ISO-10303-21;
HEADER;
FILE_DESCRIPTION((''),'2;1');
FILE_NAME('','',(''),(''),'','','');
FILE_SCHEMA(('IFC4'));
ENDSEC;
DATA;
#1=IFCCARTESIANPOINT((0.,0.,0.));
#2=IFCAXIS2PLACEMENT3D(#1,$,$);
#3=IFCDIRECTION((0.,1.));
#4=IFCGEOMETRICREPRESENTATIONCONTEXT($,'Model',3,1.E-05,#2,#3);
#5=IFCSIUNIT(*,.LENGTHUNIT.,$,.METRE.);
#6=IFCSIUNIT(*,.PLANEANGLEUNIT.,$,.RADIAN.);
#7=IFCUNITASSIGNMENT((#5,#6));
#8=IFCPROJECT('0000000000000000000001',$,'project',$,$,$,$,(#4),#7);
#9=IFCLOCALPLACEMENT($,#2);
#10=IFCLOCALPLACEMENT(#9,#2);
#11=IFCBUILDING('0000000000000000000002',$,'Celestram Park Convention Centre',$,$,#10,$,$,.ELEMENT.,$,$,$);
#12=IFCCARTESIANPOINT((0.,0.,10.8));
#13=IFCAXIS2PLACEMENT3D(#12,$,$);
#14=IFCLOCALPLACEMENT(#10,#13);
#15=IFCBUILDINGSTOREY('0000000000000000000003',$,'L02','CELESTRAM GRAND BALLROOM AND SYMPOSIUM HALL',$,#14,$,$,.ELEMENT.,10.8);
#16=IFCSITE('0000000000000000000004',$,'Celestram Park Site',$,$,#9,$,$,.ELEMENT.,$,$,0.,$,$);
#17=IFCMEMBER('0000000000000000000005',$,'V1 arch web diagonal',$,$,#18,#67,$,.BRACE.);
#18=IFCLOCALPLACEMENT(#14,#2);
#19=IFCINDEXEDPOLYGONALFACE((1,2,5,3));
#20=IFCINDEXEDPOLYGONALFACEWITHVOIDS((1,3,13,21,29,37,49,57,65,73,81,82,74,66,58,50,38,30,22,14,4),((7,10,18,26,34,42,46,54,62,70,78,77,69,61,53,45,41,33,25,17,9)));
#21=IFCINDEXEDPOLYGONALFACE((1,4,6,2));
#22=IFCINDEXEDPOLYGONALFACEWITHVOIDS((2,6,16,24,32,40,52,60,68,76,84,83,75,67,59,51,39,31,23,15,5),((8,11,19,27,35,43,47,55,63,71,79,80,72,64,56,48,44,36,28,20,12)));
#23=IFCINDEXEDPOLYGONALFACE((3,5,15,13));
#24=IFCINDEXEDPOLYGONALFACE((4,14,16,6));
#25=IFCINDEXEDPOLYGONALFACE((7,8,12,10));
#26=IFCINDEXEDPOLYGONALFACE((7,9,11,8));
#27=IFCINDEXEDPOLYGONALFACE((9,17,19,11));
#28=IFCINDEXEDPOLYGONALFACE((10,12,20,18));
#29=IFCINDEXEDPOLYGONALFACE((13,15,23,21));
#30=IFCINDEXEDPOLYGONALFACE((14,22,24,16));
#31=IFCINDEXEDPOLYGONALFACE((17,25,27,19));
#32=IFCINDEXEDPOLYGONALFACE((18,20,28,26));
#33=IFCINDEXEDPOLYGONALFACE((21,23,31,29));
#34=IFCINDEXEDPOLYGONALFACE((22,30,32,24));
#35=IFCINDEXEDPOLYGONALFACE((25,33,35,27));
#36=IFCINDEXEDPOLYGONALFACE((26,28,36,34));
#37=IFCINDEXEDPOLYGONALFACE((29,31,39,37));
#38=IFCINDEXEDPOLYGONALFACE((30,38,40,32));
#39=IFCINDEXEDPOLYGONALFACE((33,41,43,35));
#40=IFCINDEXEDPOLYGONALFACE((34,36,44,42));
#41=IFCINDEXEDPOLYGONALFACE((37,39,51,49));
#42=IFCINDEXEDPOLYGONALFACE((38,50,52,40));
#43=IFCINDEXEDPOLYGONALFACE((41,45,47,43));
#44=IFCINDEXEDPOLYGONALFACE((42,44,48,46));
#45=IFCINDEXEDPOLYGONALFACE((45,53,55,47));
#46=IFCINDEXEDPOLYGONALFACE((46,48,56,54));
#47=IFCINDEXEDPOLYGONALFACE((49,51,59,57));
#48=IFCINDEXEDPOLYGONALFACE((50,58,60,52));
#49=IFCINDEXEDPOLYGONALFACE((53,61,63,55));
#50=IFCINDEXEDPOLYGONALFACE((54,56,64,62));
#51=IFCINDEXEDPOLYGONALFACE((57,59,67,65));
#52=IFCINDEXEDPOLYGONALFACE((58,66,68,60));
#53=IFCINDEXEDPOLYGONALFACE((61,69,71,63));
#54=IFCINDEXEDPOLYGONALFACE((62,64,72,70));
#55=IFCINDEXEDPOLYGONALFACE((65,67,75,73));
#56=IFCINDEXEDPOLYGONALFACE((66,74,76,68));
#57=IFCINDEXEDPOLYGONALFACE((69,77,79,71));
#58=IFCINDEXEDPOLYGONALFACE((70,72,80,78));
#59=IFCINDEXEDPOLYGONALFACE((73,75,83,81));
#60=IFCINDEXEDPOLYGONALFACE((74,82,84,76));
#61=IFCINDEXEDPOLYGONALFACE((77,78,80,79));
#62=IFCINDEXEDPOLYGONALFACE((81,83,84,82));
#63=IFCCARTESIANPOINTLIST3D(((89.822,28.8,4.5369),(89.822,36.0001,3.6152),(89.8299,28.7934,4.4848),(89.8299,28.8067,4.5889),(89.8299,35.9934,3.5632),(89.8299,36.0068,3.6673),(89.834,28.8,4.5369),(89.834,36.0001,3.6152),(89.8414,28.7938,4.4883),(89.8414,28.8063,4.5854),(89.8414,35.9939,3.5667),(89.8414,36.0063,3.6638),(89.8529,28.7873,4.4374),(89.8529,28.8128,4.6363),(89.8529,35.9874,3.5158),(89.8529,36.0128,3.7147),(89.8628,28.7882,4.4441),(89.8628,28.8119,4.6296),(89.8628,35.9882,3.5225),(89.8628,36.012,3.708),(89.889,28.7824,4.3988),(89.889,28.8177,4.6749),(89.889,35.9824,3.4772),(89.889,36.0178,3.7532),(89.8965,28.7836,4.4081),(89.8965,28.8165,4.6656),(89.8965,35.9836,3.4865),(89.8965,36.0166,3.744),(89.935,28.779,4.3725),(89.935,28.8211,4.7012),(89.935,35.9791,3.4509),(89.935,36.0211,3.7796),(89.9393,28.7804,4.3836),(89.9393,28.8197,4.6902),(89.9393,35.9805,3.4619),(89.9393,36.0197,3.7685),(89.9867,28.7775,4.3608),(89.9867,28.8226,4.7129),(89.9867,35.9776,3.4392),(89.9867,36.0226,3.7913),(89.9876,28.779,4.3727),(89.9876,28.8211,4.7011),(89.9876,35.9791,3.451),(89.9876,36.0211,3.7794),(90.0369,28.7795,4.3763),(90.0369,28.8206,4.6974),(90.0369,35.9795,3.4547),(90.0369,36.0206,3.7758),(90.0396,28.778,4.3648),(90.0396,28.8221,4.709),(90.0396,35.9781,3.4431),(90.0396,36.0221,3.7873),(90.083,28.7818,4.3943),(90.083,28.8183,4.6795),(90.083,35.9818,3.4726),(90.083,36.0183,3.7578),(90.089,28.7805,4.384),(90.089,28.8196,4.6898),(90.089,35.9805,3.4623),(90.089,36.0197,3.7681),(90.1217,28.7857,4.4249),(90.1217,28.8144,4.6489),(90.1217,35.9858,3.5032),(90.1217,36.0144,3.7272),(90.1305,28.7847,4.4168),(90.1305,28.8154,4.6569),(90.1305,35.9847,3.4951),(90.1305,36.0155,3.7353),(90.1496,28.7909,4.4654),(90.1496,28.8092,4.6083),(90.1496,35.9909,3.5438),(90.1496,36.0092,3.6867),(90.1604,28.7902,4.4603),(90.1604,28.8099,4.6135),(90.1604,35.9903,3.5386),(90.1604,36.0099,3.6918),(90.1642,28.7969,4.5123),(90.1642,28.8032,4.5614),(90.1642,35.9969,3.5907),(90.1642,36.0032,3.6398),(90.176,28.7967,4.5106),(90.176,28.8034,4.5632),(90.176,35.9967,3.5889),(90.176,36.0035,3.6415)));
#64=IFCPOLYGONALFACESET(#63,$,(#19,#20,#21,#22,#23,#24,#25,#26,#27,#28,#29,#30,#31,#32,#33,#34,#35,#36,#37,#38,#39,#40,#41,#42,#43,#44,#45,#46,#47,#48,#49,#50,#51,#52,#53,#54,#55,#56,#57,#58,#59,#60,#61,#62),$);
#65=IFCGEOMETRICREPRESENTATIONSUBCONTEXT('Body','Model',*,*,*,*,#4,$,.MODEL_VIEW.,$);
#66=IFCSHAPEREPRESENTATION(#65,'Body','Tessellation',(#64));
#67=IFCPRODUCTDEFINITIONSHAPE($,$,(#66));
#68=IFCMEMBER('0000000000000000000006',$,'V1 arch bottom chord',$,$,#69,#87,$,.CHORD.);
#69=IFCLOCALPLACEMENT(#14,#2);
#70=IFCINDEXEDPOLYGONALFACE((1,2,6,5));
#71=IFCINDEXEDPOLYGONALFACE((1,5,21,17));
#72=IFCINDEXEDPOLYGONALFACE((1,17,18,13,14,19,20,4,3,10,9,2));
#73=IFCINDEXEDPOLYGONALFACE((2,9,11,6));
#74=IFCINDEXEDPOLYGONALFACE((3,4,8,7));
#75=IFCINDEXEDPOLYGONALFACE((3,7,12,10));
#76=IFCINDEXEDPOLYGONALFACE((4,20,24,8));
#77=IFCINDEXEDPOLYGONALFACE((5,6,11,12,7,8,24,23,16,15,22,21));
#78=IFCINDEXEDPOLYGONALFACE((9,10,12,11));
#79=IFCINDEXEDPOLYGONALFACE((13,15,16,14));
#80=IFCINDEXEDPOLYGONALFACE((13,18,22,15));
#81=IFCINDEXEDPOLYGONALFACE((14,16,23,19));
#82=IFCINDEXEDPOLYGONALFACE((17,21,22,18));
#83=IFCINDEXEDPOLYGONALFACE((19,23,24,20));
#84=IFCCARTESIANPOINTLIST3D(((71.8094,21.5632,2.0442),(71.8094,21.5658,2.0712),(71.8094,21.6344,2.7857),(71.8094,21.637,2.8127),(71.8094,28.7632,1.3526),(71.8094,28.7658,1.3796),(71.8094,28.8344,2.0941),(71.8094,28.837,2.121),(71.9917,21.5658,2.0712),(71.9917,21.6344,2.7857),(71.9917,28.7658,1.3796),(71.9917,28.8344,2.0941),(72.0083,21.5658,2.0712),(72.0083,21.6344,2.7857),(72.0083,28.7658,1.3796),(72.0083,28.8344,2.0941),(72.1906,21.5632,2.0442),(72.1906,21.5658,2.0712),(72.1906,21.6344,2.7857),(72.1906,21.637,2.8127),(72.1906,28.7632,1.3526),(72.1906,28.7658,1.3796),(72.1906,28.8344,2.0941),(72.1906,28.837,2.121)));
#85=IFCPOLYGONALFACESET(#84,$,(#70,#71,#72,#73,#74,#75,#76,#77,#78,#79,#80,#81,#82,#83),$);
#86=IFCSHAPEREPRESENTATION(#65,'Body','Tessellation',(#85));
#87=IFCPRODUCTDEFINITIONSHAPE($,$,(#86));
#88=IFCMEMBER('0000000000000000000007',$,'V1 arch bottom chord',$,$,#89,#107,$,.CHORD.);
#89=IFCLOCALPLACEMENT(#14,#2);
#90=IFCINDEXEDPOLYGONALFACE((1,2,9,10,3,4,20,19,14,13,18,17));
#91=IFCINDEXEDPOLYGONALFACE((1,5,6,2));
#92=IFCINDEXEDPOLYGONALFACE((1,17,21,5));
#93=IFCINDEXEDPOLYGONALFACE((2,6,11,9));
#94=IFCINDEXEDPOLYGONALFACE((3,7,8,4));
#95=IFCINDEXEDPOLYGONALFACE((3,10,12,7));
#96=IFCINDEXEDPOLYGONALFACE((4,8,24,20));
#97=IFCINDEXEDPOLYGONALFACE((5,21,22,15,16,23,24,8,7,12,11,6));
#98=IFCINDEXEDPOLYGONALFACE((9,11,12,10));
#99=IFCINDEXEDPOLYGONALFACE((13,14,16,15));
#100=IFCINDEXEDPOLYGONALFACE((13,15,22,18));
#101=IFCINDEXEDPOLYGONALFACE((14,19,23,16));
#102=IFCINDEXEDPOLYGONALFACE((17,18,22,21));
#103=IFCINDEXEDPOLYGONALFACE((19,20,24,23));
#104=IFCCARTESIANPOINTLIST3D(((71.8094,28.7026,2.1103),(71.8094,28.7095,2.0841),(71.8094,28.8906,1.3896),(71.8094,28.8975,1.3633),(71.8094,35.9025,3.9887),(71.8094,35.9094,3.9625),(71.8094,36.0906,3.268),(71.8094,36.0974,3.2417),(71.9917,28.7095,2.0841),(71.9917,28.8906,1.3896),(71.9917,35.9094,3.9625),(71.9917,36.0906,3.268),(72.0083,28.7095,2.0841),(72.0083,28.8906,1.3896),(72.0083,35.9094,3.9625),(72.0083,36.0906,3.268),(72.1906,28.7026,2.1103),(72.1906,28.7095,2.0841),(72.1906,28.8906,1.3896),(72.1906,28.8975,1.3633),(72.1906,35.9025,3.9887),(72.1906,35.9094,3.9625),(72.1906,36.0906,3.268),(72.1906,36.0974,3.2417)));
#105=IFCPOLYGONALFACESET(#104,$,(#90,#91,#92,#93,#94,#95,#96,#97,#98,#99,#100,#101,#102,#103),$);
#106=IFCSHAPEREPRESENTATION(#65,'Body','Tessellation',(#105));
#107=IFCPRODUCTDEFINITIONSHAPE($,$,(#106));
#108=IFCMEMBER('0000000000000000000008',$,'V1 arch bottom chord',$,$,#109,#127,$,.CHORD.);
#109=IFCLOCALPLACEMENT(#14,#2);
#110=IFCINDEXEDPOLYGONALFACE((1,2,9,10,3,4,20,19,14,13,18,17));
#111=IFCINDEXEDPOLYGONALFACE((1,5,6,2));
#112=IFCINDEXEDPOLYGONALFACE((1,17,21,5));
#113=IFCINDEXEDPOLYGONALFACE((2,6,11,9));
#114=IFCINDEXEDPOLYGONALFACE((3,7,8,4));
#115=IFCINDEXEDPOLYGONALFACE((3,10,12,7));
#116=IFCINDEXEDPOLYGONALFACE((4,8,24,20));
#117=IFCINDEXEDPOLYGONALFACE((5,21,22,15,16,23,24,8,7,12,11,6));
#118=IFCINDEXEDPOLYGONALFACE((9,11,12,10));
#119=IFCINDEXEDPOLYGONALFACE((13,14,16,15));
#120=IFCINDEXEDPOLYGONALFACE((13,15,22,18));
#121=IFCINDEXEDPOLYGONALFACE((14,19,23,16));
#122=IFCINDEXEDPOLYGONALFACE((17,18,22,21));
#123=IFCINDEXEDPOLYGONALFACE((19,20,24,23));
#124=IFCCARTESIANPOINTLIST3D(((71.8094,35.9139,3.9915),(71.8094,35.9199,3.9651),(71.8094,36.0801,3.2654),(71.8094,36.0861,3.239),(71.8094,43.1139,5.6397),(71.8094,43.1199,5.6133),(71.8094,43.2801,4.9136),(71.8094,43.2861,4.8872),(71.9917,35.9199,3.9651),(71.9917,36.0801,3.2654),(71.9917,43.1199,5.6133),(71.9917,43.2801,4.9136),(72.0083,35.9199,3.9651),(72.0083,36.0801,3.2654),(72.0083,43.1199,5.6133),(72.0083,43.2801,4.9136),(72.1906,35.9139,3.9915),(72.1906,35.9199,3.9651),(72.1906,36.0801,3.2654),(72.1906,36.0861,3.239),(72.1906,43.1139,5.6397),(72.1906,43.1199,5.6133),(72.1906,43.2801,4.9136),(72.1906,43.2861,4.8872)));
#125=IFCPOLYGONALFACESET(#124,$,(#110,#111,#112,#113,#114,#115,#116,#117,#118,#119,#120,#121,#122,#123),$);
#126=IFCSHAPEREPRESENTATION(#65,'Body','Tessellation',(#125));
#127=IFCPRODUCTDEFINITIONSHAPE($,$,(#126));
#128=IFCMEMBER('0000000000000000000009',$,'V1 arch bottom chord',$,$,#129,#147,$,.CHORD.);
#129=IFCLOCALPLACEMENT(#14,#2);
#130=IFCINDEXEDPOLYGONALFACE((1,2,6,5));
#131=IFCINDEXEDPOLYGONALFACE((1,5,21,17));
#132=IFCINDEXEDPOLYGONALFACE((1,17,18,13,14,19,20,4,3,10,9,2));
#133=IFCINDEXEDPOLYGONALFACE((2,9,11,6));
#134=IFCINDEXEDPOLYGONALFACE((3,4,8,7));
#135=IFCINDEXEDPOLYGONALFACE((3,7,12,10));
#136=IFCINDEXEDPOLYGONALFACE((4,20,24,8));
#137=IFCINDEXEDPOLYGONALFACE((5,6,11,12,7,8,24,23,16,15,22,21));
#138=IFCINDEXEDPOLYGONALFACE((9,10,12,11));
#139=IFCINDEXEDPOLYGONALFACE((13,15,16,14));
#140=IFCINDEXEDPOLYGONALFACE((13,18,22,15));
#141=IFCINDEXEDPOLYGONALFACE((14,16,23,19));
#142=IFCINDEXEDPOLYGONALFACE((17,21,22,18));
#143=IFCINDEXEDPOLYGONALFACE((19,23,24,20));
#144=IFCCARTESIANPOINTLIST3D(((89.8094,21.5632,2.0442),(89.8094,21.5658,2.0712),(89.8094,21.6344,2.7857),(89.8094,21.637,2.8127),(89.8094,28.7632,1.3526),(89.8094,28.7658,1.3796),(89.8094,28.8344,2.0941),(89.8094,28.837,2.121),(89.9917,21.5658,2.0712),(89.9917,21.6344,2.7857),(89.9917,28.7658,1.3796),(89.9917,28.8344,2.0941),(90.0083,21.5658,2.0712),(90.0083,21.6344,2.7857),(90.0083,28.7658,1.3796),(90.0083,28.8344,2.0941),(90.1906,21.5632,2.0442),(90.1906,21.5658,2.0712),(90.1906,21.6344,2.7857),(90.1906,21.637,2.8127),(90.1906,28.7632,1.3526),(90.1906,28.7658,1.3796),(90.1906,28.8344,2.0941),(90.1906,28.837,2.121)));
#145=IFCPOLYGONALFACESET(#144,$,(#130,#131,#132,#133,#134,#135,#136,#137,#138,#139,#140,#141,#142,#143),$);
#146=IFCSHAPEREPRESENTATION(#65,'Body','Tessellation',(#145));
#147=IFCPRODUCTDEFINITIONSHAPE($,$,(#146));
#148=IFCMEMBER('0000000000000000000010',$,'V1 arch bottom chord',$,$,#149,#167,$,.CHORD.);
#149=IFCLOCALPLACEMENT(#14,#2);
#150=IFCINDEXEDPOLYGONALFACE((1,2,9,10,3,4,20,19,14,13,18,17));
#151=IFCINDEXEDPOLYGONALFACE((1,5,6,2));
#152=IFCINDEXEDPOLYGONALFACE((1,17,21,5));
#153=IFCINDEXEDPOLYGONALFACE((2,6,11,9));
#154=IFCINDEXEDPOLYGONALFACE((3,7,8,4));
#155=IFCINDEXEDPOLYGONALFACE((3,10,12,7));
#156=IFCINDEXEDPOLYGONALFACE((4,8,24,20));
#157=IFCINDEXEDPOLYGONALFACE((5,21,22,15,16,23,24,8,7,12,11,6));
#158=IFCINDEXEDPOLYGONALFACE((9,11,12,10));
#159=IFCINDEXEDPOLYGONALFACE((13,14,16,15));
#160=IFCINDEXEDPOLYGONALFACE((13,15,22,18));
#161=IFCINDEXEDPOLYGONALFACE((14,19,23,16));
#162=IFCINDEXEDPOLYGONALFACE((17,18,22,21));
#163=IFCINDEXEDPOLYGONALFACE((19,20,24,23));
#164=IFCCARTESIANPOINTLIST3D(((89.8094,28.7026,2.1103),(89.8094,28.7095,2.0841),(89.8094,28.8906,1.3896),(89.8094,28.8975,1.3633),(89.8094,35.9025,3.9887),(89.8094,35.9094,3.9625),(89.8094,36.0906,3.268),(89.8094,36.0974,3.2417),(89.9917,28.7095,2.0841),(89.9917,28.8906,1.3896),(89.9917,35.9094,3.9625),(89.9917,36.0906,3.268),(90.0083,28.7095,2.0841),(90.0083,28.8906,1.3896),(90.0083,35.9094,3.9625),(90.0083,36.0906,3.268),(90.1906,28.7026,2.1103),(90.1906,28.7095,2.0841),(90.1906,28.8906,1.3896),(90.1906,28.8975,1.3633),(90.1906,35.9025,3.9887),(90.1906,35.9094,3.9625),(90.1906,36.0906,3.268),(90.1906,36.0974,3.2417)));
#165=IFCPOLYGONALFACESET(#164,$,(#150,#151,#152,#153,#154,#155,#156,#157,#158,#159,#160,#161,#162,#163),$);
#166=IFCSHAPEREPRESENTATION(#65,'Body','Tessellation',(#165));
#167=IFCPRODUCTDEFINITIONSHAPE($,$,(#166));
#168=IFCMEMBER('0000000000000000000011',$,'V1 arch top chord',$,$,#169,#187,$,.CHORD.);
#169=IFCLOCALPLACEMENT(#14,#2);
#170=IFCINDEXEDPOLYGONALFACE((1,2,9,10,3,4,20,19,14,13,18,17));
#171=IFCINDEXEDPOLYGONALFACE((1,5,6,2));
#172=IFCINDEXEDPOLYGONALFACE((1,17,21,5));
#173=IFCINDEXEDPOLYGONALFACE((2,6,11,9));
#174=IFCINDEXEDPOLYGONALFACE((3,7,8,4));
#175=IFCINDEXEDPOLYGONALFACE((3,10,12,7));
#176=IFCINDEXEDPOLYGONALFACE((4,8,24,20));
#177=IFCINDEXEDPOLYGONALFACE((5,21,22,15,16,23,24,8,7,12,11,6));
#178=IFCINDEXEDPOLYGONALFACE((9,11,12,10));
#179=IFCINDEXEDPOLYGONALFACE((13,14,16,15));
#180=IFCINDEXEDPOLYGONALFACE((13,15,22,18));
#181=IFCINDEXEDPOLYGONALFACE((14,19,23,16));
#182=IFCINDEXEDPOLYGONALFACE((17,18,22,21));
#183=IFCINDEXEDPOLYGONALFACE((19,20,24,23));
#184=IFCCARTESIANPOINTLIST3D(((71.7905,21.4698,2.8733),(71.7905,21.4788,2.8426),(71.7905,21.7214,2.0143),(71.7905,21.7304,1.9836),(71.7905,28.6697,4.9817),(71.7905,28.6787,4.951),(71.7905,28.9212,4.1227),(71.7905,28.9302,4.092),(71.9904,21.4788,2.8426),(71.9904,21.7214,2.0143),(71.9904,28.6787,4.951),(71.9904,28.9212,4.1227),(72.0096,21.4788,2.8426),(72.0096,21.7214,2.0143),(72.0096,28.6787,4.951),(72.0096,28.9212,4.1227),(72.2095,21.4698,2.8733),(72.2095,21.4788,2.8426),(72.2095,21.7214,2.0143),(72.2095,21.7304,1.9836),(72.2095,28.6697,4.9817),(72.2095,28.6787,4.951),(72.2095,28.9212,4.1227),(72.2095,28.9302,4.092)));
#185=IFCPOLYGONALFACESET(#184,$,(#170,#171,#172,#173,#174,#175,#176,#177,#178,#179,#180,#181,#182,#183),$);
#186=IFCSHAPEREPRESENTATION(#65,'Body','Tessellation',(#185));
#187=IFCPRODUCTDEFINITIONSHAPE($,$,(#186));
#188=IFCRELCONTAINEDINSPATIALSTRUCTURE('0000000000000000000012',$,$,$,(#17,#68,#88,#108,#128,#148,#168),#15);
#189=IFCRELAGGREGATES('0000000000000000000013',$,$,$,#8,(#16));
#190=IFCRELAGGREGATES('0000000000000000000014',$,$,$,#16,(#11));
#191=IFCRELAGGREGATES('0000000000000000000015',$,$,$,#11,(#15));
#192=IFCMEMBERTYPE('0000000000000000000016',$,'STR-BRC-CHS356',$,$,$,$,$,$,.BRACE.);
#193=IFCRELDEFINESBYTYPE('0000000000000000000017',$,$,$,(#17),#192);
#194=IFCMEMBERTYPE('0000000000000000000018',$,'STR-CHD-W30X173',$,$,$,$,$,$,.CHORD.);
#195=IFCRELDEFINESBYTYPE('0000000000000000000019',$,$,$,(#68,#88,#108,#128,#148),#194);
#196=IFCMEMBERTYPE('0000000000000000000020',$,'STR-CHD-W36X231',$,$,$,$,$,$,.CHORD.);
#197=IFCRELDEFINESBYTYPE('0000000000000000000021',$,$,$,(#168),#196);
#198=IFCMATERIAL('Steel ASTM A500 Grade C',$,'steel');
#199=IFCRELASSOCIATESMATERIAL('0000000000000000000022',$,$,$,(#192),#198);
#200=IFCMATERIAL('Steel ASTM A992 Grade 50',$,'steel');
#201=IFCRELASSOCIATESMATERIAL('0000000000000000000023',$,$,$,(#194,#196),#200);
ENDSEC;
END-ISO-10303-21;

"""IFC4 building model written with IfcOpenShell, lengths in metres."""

from ifc_helpers import new_model, si_unit, direction, frame, origin, origin_2d, place, context, subcontext, project, spatial, hollow_circle, i_section, extrude, material, material_profile, profile_set, type_object, element, save


model = new_model("IFC4")

# Units and contexts
model_context = context("Model", 3, precision=1e-05, world=origin(), true_north=direction((0.0, 1.0)))
body_context = subcontext(model_context, "Body", "Model", "MODEL_VIEW")
ifc_project = project(units=[si_unit("LENGTHUNIT", "METRE"), si_unit("PLANEANGLEUNIT", "RADIAN")], contexts=[model_context])

# Site, building, storey
site_placement = place(None, origin())
site = spatial("IfcSite", under=ifc_project, at=site_placement, Name="Celestram Park Site", CompositionType="ELEMENT", RefElevation=0.0)
building_placement = place(site_placement, origin())
building = spatial("IfcBuilding", under=site, at=building_placement, Name="Celestram Park Convention Centre", CompositionType="ELEMENT")
storey_placement = place(building_placement, frame((0.0, 0.0, 10.8)))
storey = spatial("IfcBuildingStorey", under=building, at=storey_placement, Name="L02", Description="CELESTRAM GRAND BALLROOM AND SYMPOSIUM HALL", CompositionType="ELEMENT", Elevation=10.8)

# Shared definitions
ifc_material_1 = material(Name="Steel ASTM A992 Grade 50", Category="steel")

# Members
ifc_material_2 = material(Name="Steel ASTM A500 Grade C", Category="steel")
ifc_material_profile_1 = material_profile(ifc_material_2, hollow_circle(Radius=0.178, WallThickness=0.012, at=origin_2d()), Name="CHS356X12")
ifc_profile_set_1 = profile_set([ifc_material_profile_1], Name="Steel ASTM A500 Grade C")
member_type_1 = type_object("IfcMemberType", Name="STR-BRC-CHS356", PredefinedType="BRACE", material=ifc_profile_set_1)
for number, where, z_axis, x_axis, name in (
    (1, (90.0, 28.8, 4.5369), (0.0, 0.991907, -0.126969), (-1.0, 0.0, 0.0), "V1 arch web diagonal"),
):
    element("IfcMember", number, at=place(storey_placement, frame(where, z_axis=z_axis, x_axis=x_axis)), inside=storey, type_object=member_type_1, Name=name, PredefinedType="BRACE", context=body_context, shape_type="SweptSolid", body=[
        extrude(hollow_circle(Radius=0.178, WallThickness=0.012, at=origin_2d()), origin(), (0.0, 0.0, 1.0), 7.2588),
    ])
ifc_material_profile_2 = material_profile(ifc_material_1, i_section(OverallWidth=0.3811, OverallDepth=0.772, WebThickness=0.0166, FlangeThickness=0.0271, at=origin_2d()), Name="W30X173")
ifc_profile_set_2 = profile_set([ifc_material_profile_2], Name="Steel ASTM A992 Grade 50")
member_type_2 = type_object("IfcMemberType", Name="STR-CHD-W30X173", PredefinedType="CHORD", material=ifc_profile_set_2)
member_1_placement = place(storey_placement, frame((72.0, 21.6001, 2.4285), z_axis=(0.0, 0.995418, -0.095623), x_axis=(-1.0, 0.0, 0.0)))
element("IfcMember", 2, at=member_1_placement, inside=storey, type_object=member_type_2, Name="V1 arch bottom chord", PredefinedType="CHORD", context=body_context, shape_type="SweptSolid", body=[
    extrude(i_section(OverallWidth=0.3811, OverallDepth=0.772, WebThickness=0.0166, FlangeThickness=0.0271, at=origin_2d()), origin(), (0.0, 0.0, 1.0), 7.2332),
])
member_2_placement = place(storey_placement, frame((72.0, 28.8, 1.7368), z_axis=(0.0, 0.967612, 0.252443), x_axis=(-1.0, 0.0, 0.0)))
element("IfcMember", 3, at=member_2_placement, inside=storey, type_object=member_type_2, Name="V1 arch bottom chord", PredefinedType="CHORD", context=body_context, shape_type="SweptSolid", body=[
    extrude(i_section(OverallWidth=0.3811, OverallDepth=0.772, WebThickness=0.0166, FlangeThickness=0.0271, at=origin_2d()), origin(), (0.0, 0.0, 1.0), 7.4409),
])
member_3_placement = place(storey_placement, frame((72.0, 36.0, 3.6152), z_axis=(0.0, 0.974785, 0.223145), x_axis=(-1.0, 0.0, 0.0)))
element("IfcMember", 4, at=member_3_placement, inside=storey, type_object=member_type_2, Name="V1 arch bottom chord", PredefinedType="CHORD", context=body_context, shape_type="SweptSolid", body=[
    extrude(i_section(OverallWidth=0.3811, OverallDepth=0.772, WebThickness=0.0166, FlangeThickness=0.0271, at=origin_2d()), origin(), (0.0, 0.0, 1.0), 7.3862),
])
member_4_placement = place(storey_placement, frame((90.0, 21.6001, 2.4285), z_axis=(0.0, 0.995418, -0.095623), x_axis=(-1.0, 0.0, 0.0)))
element("IfcMember", 5, at=member_4_placement, inside=storey, type_object=member_type_2, Name="V1 arch bottom chord", PredefinedType="CHORD", context=body_context, shape_type="SweptSolid", body=[
    extrude(i_section(OverallWidth=0.3811, OverallDepth=0.772, WebThickness=0.0166, FlangeThickness=0.0271, at=origin_2d()), origin(), (0.0, 0.0, 1.0), 7.2332),
])
member_5_placement = place(storey_placement, frame((90.0, 28.8, 1.7368), z_axis=(0.0, 0.967612, 0.252443), x_axis=(-1.0, 0.0, 0.0)))
element("IfcMember", 6, at=member_5_placement, inside=storey, type_object=member_type_2, Name="V1 arch bottom chord", PredefinedType="CHORD", context=body_context, shape_type="SweptSolid", body=[
    extrude(i_section(OverallWidth=0.3811, OverallDepth=0.772, WebThickness=0.0166, FlangeThickness=0.0271, at=origin_2d()), origin(), (0.0, 0.0, 1.0), 7.4409),
])
ifc_material_profile_3 = material_profile(ifc_material_1, i_section(OverallWidth=0.4189, OverallDepth=0.927, WebThickness=0.0193, FlangeThickness=0.032, at=origin_2d()), Name="W36X231")
ifc_profile_set_3 = profile_set([ifc_material_profile_3], Name="Steel ASTM A992 Grade 50")
member_type_3 = type_object("IfcMemberType", Name="STR-CHD-W36X231", PredefinedType="CHORD", material=ifc_profile_set_3)
for number, where, z_axis, x_axis, name in (
    (7, (72.0, 21.6001, 2.4285), (0.0, 0.959698, 0.281033), (-1.0, 0.0, 0.0), "V1 arch top chord"),
):
    element("IfcMember", number, at=place(storey_placement, frame(where, z_axis=z_axis, x_axis=x_axis)), inside=storey, type_object=member_type_3, Name=name, PredefinedType="CHORD", context=body_context, shape_type="SweptSolid", body=[
        extrude(i_section(OverallWidth=0.4189, OverallDepth=0.927, WebThickness=0.0193, FlangeThickness=0.032, at=origin_2d()), origin(), (0.0, 0.0, 1.0), 7.5022),
    ])

save(model, "model.ifc")
